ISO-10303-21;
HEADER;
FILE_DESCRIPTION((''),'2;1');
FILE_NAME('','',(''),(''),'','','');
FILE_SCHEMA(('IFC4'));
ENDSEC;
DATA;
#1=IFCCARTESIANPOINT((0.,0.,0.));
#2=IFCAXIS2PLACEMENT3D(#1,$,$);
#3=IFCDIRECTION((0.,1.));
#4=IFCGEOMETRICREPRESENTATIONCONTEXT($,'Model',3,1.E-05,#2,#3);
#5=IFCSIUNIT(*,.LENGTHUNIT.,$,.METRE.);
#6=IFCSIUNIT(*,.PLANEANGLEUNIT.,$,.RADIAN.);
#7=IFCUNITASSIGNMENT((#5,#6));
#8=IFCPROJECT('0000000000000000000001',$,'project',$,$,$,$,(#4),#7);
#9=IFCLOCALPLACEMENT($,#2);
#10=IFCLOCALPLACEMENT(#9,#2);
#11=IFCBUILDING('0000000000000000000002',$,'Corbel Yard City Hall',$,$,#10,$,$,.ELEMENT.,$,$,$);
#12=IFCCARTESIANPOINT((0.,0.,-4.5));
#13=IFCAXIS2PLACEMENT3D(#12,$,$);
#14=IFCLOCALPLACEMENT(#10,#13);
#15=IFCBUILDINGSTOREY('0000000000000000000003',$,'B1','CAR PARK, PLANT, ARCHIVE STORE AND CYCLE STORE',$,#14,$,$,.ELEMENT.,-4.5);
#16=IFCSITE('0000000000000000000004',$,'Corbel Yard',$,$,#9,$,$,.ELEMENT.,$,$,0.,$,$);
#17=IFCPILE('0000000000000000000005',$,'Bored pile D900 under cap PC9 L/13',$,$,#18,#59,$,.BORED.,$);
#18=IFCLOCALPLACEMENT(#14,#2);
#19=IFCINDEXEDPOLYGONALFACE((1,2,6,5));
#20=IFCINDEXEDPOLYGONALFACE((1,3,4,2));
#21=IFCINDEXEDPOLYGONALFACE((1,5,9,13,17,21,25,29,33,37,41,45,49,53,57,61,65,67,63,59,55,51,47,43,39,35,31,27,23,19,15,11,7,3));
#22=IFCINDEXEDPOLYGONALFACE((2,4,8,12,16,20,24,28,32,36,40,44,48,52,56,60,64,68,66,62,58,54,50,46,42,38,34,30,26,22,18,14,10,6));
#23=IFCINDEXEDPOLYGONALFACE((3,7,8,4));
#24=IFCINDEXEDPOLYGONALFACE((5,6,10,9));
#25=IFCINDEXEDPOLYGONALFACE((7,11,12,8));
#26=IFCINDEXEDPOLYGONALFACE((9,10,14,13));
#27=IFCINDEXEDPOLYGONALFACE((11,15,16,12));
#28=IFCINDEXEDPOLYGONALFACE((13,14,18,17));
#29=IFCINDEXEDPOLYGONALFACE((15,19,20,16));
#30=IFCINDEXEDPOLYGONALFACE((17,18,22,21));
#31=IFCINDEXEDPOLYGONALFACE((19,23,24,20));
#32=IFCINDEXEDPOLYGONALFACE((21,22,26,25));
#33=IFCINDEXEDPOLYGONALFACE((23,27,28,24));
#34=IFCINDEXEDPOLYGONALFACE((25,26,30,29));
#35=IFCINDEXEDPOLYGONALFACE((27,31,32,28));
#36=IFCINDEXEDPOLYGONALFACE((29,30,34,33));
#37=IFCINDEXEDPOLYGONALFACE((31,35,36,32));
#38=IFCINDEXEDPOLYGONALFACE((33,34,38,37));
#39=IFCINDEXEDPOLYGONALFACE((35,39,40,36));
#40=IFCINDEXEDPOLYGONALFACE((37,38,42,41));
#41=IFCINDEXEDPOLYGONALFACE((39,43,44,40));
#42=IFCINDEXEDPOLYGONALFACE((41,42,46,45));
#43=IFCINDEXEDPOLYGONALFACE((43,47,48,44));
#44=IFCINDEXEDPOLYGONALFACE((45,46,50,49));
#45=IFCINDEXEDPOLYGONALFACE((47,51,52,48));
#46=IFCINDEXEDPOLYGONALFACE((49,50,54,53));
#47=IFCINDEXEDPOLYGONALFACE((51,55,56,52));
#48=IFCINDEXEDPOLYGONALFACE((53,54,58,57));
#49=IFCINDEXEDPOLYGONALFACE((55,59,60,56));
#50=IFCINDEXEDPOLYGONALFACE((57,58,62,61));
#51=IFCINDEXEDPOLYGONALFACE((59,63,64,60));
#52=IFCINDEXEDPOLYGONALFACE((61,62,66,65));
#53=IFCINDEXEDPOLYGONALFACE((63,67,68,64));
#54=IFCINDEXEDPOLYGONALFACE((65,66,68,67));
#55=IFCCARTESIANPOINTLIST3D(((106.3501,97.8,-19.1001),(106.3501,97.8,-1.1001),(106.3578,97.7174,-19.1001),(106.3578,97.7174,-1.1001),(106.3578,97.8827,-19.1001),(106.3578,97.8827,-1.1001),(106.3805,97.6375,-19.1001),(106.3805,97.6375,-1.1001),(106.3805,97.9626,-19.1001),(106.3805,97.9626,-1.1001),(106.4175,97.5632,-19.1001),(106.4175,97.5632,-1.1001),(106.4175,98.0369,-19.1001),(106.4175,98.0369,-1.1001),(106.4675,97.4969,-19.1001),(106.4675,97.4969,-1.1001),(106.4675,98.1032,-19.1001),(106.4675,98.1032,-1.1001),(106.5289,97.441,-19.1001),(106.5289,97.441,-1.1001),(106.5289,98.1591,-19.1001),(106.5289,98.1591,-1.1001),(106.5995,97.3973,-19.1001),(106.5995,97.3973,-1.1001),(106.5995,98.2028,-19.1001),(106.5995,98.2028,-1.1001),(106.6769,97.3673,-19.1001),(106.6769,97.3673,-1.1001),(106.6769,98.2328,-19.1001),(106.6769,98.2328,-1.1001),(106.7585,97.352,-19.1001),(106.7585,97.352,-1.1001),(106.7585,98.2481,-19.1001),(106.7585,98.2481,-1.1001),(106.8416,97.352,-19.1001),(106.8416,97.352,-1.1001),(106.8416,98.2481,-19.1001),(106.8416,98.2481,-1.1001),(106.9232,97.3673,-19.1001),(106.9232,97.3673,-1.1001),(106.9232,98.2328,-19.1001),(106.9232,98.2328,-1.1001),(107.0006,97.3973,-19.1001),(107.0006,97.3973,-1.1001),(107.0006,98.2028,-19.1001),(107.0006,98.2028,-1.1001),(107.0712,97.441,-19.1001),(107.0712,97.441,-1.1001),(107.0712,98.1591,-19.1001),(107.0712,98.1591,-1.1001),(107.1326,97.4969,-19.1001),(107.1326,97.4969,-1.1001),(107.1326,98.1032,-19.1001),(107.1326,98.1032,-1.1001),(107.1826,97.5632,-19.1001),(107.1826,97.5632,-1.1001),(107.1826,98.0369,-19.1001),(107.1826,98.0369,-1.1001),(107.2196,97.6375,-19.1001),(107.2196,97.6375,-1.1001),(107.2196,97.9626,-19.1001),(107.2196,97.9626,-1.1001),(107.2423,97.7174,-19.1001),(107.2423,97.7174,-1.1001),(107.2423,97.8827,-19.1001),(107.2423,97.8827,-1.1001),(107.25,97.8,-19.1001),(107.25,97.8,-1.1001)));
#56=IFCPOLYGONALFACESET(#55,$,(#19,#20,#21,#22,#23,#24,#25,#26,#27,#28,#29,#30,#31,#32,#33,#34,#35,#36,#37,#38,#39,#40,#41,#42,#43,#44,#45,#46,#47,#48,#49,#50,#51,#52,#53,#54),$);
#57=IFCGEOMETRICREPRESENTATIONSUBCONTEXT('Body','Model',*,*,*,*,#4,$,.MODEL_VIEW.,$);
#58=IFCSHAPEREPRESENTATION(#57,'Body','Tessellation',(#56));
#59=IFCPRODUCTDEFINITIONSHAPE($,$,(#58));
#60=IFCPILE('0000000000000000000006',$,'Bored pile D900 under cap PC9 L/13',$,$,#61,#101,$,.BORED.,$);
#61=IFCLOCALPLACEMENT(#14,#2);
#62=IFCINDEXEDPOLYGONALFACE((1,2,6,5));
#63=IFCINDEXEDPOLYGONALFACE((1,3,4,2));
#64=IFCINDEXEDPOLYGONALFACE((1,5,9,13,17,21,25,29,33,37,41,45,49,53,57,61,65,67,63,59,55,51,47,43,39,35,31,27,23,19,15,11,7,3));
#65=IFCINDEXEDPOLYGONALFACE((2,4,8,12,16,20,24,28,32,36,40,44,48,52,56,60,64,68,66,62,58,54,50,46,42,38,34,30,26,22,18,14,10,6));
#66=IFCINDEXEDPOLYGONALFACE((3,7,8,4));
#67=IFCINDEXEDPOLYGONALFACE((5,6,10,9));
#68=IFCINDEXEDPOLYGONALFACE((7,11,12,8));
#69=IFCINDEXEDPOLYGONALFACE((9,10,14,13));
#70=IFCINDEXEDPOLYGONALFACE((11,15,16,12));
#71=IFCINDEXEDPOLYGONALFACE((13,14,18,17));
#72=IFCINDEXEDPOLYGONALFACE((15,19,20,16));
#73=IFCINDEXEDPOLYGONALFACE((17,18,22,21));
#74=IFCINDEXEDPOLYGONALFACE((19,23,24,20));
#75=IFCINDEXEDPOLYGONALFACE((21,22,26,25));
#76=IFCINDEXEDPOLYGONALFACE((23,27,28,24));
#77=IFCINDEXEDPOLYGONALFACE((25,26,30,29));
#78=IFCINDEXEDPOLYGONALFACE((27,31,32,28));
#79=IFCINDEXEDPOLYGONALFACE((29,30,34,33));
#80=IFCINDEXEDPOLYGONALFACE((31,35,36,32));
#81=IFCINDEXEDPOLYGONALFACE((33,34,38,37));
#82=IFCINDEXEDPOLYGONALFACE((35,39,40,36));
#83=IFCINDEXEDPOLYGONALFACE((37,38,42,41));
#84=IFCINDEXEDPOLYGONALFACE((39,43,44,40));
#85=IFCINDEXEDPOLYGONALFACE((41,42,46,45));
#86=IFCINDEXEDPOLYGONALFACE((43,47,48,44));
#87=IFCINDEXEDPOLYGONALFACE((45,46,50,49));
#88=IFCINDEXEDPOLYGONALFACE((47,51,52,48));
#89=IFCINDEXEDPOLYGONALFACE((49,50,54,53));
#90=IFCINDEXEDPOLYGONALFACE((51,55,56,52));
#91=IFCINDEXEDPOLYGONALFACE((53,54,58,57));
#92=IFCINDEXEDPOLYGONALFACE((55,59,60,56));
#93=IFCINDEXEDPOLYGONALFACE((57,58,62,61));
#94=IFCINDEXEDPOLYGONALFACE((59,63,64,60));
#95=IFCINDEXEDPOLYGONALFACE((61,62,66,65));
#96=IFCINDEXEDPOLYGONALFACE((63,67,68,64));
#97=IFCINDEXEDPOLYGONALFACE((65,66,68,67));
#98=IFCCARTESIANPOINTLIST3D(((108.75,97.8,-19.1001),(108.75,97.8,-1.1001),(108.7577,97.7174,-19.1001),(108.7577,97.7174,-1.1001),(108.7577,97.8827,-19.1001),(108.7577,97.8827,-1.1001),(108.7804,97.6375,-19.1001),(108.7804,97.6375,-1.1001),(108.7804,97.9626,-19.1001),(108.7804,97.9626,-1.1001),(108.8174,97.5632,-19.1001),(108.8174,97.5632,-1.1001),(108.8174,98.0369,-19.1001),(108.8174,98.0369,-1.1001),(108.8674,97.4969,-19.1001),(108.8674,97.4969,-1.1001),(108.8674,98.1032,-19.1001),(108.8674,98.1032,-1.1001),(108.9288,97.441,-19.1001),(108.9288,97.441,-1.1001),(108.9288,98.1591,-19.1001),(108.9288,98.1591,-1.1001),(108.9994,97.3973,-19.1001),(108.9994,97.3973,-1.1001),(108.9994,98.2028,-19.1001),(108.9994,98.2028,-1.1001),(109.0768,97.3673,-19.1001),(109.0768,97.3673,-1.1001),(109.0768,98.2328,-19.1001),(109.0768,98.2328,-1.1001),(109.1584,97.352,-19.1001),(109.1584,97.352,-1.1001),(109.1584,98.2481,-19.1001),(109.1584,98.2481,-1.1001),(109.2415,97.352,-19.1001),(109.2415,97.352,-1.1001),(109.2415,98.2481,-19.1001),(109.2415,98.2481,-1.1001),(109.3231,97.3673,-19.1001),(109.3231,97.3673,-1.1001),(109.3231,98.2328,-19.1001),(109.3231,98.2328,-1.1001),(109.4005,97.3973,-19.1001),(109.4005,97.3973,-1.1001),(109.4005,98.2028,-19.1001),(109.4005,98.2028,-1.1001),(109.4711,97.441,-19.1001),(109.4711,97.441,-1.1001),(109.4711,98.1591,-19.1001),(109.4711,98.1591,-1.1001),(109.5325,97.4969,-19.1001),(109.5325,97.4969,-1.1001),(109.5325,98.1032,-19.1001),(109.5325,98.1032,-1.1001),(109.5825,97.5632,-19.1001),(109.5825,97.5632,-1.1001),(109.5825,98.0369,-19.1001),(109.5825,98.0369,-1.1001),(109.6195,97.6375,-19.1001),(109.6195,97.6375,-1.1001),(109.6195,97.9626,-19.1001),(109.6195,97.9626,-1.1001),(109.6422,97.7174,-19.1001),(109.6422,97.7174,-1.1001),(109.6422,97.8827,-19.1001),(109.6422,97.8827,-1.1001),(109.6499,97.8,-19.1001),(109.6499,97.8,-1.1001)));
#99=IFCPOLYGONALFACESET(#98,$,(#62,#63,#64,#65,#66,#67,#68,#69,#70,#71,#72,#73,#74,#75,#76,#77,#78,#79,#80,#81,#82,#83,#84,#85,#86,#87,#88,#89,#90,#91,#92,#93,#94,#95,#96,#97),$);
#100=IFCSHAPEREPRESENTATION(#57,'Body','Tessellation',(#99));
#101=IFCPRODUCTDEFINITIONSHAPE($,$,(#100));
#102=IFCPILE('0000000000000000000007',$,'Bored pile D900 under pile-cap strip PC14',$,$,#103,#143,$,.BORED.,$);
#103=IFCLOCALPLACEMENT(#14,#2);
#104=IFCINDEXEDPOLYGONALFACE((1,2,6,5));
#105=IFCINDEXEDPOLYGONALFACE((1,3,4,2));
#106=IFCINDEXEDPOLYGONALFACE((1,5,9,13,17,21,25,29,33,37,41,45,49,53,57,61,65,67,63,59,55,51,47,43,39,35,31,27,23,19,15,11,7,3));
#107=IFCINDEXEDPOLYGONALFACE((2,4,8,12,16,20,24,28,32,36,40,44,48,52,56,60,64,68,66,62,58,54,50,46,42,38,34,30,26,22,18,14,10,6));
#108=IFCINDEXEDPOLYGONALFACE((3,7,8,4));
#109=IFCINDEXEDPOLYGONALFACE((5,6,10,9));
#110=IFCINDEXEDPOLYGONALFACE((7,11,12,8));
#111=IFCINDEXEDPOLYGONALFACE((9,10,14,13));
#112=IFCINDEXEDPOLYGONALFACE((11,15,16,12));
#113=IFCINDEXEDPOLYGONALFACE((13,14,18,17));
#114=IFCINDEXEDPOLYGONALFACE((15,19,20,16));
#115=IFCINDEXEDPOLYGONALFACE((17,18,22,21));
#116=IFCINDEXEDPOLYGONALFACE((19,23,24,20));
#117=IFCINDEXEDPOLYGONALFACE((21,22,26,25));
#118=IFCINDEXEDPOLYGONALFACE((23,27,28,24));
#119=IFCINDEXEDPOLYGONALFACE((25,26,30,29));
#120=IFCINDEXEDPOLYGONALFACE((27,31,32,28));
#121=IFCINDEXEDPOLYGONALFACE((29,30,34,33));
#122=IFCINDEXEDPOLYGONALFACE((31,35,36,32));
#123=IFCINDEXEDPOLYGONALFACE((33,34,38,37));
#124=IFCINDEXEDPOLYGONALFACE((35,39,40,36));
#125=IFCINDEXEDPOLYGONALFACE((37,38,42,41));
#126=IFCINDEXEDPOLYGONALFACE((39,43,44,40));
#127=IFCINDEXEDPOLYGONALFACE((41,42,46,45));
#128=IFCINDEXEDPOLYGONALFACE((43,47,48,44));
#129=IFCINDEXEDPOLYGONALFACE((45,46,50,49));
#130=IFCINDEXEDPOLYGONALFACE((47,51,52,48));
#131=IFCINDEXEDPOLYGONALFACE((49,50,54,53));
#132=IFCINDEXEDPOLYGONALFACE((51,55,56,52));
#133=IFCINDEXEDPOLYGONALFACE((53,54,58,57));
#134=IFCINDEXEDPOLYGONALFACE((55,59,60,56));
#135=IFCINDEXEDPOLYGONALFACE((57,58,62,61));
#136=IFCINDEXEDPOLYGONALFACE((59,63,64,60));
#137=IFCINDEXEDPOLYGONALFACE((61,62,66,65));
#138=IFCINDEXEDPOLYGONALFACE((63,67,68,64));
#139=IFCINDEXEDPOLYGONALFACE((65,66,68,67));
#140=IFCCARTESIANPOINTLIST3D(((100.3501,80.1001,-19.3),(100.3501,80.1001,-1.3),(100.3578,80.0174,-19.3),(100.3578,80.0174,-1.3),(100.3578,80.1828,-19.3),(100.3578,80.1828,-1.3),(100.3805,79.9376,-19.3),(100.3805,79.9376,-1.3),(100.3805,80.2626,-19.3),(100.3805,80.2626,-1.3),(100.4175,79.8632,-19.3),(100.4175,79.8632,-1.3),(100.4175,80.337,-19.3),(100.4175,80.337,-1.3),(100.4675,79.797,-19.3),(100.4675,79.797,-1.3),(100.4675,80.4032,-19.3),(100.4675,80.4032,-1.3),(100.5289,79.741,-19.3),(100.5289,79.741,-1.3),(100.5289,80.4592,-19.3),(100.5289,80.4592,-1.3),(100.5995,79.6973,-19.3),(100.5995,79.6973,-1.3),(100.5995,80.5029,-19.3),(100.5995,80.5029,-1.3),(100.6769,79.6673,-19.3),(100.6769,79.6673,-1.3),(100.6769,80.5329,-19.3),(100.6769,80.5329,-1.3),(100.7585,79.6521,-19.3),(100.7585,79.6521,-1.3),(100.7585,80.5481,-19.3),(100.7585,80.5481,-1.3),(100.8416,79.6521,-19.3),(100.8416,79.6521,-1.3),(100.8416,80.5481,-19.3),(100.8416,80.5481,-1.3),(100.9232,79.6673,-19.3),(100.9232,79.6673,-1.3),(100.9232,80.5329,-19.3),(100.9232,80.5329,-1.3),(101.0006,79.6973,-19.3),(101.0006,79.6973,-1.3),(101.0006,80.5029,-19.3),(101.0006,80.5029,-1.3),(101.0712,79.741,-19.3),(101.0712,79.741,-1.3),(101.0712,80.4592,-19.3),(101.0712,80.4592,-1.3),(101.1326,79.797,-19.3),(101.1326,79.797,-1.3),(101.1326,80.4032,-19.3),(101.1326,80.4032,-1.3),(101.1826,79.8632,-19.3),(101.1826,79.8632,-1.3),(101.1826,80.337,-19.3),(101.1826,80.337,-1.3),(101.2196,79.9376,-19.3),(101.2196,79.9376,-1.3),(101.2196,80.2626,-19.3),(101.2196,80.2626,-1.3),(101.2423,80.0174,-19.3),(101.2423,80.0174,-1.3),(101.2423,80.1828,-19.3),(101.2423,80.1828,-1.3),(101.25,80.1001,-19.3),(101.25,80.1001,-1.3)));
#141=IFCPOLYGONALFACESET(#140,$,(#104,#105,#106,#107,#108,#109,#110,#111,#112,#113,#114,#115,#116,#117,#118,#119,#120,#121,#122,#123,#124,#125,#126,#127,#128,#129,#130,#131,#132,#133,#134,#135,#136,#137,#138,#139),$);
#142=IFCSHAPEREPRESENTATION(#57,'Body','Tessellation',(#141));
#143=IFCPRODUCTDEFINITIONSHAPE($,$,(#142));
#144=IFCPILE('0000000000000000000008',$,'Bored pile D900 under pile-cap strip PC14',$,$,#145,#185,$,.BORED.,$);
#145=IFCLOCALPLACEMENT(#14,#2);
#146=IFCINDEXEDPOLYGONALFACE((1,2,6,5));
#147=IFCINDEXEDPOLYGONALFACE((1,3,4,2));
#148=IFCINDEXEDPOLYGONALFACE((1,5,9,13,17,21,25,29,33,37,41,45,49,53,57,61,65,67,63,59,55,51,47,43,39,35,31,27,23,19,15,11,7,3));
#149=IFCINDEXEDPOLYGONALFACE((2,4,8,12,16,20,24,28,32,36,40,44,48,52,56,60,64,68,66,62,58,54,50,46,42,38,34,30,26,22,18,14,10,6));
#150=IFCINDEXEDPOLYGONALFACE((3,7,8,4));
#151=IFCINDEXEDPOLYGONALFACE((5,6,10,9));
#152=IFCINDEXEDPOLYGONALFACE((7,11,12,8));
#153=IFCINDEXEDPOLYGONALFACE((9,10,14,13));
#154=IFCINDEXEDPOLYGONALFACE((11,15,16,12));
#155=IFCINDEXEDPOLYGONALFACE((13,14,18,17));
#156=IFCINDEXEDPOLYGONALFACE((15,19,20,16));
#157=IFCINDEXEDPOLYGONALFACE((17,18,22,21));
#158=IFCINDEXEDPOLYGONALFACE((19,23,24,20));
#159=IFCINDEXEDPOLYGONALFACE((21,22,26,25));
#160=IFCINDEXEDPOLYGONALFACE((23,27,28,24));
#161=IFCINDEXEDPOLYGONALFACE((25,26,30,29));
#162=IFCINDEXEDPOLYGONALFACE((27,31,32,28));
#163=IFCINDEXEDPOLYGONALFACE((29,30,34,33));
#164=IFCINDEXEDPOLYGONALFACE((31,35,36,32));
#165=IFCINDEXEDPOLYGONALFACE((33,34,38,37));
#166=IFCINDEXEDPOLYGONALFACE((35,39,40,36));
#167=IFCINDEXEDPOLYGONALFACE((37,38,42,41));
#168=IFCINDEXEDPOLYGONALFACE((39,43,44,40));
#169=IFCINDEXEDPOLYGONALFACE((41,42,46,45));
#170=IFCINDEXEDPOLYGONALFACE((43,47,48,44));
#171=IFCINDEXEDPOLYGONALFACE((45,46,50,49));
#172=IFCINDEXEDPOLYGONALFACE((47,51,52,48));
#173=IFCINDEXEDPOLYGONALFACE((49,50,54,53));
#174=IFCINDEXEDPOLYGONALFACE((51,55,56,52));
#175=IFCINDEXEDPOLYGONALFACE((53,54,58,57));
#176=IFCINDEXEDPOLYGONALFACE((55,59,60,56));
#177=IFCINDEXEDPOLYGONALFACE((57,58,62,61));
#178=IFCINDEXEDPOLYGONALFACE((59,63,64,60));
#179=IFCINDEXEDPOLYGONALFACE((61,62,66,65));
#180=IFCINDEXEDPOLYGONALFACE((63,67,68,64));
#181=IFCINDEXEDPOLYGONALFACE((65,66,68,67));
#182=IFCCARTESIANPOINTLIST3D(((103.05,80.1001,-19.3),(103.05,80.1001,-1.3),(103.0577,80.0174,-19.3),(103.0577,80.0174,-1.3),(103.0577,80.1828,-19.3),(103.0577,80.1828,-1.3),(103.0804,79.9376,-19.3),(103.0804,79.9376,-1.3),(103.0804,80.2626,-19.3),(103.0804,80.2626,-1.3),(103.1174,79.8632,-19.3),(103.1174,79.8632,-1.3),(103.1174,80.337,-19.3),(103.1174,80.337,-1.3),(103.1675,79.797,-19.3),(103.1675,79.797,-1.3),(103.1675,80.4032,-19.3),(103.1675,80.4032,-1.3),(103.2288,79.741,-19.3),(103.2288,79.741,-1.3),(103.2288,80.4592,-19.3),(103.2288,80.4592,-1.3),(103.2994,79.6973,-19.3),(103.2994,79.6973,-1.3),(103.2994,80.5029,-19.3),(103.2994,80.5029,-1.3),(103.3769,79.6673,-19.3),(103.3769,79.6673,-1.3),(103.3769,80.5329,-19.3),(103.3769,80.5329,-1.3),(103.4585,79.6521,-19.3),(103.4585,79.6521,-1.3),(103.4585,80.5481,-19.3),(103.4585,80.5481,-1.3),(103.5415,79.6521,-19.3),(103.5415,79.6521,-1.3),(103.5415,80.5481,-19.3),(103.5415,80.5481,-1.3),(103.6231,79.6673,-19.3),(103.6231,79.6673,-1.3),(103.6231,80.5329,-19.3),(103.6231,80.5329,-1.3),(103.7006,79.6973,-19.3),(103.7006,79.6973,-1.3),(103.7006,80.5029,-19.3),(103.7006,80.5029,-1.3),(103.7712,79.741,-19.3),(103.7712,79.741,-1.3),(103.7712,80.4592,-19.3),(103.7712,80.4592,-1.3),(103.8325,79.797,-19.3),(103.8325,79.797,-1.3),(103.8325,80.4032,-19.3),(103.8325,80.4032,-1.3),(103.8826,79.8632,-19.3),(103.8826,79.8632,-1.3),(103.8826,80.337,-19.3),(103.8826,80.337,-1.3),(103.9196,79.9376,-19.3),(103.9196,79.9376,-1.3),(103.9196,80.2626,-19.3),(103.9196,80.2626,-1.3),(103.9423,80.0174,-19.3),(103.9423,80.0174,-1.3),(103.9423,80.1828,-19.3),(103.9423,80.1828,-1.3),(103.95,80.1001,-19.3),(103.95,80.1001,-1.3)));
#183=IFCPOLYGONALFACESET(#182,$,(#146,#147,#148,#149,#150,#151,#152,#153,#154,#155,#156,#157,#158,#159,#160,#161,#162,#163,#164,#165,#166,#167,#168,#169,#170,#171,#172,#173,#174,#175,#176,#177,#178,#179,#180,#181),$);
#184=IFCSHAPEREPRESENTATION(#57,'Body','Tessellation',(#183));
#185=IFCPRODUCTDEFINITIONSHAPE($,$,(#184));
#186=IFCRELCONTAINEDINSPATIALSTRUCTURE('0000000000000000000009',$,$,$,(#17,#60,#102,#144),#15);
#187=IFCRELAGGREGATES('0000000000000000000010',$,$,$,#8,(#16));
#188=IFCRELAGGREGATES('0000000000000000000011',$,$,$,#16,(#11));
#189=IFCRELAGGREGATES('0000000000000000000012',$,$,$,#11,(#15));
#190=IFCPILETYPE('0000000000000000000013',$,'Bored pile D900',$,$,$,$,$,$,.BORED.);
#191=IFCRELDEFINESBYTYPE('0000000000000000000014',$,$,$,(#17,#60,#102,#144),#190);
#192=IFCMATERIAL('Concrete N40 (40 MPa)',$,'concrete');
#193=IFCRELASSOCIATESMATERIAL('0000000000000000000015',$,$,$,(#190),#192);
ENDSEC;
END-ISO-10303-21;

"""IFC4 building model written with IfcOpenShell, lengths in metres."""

from ifc_helpers import new_model, si_unit, direction, frame, origin, origin_2d, place, context, subcontext, project, spatial, circle, extrude, material, material_profile, profile_set, type_object, element, save


model = new_model("IFC4")

# Units and contexts
model_context = context("Model", 3, precision=1e-05, world=origin(), true_north=direction((0.0, 1.0)))
body_context = subcontext(model_context, "Body", "Model", "MODEL_VIEW")
ifc_project = project(units=[si_unit("LENGTHUNIT", "METRE"), si_unit("PLANEANGLEUNIT", "RADIAN")], contexts=[model_context])

# Site, building, storey
site_placement = place(None, origin())
site = spatial("IfcSite", under=ifc_project, at=site_placement, Name="Corbel Yard", CompositionType="ELEMENT", RefElevation=0.0)
building_placement = place(site_placement, origin())
building = spatial("IfcBuilding", under=site, at=building_placement, Name="Corbel Yard City Hall", CompositionType="ELEMENT")
storey_placement = place(building_placement, frame((0.0, 0.0, -4.5)))
storey = spatial("IfcBuildingStorey", under=building, at=storey_placement, Name="B1", Description="CAR PARK, PLANT, ARCHIVE STORE AND CYCLE STORE", CompositionType="ELEMENT", Elevation=-4.5)

# Piles
ifc_material_1 = material(Name="Concrete N40 (40 MPa)", Category="concrete")
ifc_material_profile_1 = material_profile(ifc_material_1, circle(Radius=0.45, at=origin_2d()), Name="D900")
ifc_profile_set_1 = profile_set([ifc_material_profile_1], Name="Concrete N40 (40 MPa)")
pile_type = type_object("IfcPileType", Name="Bored pile D900", PredefinedType="BORED", material=ifc_profile_set_1)
for number, where, z_axis, x_axis, name in (
    (1, (106.8, 97.8, -1.1001), (0.0, 0.0, -1.0), (1.0, 0.0, 0.0), "Bored pile D900 under cap PC9 L/13"),
    (2, (109.2, 97.8, -1.1001), (0.0, 0.0, -1.0), (1.0, 0.0, 0.0), "Bored pile D900 under cap PC9 L/13"),
    (3, (100.8, 80.1001, -1.3), (0.0, 0.0, -1.0), (1.0, 0.0, 0.0), "Bored pile D900 under pile-cap strip PC14"),
    (4, (103.5, 80.1001, -1.3), (0.0, 0.0, -1.0), (1.0, 0.0, 0.0), "Bored pile D900 under pile-cap strip PC14"),
):
    element("IfcPile", number, at=place(storey_placement, frame(where, z_axis=z_axis, x_axis=x_axis)), inside=storey, type_object=pile_type, Name=name, PredefinedType="BORED", context=body_context, shape_type="SweptSolid", body=[
        extrude(circle(Radius=0.45, at=origin_2d()), origin(), (0.0, 0.0, 1.0), 18.0),
    ])

save(model, "model.ifc")
